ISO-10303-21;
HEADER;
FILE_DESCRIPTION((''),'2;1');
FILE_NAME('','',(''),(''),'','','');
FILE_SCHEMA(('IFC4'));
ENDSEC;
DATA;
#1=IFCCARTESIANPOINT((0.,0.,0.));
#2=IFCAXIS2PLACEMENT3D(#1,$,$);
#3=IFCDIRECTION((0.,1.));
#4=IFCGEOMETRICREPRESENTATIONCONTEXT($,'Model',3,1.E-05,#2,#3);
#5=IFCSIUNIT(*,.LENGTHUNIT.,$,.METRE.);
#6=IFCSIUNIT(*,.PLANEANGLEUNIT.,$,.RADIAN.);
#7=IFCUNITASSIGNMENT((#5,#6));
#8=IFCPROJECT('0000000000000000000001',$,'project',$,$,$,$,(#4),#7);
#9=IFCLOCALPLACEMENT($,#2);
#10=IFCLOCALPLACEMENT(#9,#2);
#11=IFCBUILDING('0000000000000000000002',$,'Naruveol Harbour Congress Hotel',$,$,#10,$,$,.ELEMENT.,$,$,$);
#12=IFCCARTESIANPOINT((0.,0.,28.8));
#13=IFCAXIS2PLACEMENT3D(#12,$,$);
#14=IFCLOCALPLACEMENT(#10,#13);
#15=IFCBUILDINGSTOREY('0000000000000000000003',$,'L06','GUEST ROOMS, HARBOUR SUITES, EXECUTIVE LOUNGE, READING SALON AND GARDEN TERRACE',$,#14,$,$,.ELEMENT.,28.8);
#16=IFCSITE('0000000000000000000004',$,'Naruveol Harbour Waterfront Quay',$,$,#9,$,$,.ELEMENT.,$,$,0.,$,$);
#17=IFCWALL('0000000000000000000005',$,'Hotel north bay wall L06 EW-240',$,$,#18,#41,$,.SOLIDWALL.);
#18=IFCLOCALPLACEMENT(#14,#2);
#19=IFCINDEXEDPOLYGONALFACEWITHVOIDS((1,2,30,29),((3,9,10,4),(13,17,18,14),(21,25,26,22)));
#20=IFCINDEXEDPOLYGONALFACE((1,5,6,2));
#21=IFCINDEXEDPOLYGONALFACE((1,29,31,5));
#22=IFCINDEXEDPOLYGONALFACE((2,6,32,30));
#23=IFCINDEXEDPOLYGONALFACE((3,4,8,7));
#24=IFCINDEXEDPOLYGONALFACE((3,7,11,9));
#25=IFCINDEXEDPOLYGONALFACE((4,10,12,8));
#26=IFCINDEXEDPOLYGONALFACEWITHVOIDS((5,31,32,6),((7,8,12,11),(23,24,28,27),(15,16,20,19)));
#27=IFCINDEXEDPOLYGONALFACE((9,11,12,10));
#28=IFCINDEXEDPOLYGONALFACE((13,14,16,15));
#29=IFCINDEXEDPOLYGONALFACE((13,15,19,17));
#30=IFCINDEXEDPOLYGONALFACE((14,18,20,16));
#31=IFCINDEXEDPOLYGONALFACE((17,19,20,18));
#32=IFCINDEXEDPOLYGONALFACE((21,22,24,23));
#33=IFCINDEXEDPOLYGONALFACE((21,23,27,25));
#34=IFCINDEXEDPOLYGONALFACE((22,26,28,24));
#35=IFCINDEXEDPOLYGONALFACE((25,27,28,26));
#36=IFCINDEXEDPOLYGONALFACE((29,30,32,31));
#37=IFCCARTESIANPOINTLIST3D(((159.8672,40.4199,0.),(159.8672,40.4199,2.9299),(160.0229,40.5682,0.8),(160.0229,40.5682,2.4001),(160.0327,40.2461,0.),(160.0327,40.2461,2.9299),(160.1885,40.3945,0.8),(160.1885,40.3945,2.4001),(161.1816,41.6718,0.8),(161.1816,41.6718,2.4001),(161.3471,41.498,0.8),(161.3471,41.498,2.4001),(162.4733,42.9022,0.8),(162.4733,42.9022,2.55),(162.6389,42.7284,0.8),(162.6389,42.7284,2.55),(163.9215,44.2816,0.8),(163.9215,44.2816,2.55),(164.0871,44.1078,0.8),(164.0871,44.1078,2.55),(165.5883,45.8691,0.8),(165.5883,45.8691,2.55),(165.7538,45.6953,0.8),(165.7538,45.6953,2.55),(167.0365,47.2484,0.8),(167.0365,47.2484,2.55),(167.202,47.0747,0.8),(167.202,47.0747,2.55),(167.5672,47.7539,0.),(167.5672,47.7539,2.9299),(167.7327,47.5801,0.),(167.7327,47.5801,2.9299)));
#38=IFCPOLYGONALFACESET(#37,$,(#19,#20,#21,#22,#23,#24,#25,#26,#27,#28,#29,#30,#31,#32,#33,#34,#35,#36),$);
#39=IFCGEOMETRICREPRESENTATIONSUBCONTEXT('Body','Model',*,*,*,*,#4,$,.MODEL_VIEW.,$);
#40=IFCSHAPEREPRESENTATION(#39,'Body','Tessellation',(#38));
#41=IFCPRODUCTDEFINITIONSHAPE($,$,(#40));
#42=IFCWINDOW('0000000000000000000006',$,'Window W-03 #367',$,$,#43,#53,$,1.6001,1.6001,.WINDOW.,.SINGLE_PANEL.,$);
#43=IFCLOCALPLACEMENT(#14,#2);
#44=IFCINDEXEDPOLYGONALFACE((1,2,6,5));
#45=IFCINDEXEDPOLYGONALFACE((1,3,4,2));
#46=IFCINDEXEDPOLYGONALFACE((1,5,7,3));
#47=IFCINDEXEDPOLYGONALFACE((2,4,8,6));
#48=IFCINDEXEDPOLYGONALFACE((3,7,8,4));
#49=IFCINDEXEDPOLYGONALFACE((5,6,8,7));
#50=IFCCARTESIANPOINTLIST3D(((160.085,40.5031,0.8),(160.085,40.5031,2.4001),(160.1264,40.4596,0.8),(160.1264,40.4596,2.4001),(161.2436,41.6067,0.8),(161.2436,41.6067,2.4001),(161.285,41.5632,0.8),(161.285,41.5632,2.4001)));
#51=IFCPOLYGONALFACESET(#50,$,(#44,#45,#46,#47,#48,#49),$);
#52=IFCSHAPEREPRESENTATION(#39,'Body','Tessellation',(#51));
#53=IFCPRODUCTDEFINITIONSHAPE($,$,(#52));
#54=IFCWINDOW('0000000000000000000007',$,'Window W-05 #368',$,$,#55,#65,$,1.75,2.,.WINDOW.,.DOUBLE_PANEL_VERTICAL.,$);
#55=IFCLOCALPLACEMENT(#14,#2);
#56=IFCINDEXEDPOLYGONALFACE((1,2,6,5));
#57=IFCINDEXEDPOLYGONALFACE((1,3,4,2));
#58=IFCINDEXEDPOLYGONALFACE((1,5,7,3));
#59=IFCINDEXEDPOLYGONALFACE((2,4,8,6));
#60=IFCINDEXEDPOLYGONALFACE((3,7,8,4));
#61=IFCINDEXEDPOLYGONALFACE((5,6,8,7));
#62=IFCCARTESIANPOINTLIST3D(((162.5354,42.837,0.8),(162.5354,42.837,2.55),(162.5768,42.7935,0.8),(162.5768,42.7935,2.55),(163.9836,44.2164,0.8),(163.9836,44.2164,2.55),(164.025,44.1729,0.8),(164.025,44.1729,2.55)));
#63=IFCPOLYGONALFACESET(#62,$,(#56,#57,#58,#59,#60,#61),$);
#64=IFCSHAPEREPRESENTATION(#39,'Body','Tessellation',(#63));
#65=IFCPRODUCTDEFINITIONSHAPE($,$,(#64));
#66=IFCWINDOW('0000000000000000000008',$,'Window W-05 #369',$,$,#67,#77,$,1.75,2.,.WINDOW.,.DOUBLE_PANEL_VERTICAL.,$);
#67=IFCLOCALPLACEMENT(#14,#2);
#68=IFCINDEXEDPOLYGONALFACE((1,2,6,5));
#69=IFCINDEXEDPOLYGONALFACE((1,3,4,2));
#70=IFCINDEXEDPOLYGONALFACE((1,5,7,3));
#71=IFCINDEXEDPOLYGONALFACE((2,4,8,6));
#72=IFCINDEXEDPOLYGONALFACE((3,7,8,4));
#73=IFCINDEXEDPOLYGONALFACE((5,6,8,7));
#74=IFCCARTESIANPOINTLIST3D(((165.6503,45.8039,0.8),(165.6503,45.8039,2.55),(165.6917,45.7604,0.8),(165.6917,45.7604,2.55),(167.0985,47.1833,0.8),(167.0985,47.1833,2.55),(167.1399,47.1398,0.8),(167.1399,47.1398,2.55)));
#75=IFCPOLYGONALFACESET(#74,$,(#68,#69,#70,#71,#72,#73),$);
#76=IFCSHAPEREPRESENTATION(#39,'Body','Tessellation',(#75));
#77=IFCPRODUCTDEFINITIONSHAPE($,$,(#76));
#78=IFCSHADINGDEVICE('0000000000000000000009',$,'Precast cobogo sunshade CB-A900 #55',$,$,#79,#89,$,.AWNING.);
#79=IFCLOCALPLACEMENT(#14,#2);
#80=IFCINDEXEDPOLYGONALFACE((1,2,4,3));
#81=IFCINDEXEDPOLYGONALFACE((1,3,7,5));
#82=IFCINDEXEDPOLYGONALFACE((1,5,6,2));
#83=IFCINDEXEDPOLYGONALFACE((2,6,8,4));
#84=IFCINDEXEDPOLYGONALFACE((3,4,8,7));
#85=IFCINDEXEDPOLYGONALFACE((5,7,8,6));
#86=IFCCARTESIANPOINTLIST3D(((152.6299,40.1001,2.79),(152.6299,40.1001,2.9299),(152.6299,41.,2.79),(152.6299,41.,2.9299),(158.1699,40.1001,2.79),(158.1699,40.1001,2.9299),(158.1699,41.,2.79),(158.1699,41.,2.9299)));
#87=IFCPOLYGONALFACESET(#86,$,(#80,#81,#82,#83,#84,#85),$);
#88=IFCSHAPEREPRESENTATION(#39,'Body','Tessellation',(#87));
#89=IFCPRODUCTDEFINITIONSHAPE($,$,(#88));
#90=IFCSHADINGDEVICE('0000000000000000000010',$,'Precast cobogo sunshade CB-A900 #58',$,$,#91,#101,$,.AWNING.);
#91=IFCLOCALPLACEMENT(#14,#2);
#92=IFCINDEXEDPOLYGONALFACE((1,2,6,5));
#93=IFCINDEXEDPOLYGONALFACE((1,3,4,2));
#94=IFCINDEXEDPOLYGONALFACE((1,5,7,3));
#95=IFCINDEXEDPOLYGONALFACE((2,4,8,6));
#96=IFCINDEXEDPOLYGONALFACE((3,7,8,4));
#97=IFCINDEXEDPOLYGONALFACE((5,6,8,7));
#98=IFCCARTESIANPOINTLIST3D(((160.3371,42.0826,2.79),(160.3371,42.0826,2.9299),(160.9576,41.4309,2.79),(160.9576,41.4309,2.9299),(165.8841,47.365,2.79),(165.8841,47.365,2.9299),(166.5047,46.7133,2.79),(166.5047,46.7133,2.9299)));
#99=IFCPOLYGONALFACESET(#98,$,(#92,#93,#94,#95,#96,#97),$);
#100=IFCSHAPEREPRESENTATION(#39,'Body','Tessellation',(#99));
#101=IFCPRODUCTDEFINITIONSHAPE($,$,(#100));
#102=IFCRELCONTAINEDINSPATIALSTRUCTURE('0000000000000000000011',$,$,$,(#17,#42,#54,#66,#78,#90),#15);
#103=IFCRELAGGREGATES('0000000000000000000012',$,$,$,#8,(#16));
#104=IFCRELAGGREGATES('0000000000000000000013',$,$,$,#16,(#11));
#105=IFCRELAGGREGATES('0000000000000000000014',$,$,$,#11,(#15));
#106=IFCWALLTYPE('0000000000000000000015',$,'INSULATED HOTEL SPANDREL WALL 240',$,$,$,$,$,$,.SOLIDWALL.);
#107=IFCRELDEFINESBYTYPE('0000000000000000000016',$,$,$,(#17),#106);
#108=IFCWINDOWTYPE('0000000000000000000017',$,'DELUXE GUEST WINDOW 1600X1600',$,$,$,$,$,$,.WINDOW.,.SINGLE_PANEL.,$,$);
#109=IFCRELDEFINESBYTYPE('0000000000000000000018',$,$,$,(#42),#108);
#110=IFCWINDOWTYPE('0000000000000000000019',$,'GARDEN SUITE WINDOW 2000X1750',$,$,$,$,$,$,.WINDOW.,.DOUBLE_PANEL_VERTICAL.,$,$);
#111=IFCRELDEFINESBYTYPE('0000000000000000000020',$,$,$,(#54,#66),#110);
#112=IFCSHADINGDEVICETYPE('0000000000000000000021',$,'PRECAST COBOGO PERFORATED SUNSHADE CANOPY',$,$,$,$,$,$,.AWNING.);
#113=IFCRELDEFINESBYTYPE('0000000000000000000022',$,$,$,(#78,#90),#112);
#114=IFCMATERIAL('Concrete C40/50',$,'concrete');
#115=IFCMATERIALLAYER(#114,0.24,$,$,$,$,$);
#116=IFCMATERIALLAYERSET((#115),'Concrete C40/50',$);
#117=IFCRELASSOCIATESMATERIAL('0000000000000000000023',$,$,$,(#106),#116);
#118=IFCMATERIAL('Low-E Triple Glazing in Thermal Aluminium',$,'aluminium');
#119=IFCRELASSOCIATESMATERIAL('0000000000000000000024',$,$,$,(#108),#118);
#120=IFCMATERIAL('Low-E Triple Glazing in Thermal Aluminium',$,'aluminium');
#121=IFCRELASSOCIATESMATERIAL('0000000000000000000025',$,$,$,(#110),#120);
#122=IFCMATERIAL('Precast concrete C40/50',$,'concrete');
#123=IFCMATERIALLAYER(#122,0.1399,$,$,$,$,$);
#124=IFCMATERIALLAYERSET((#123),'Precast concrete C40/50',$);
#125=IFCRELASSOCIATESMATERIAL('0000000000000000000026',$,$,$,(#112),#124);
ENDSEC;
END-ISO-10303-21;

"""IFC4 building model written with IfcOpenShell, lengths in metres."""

from ifc_helpers import new_model, si_unit, direction, frame, frame_2d, origin, origin_2d, place, context, subcontext, project, spatial, rectangle, extrude, material, layer, layer_set, type_object, element, fill, save


model = new_model("IFC4")

# Units and contexts
model_context = context("Model", 3, precision=1e-05, world=origin(), true_north=direction((0.0, 1.0)))
body_context = subcontext(model_context, "Body", "Model", "MODEL_VIEW")
ifc_project = project(units=[si_unit("LENGTHUNIT", "METRE"), si_unit("PLANEANGLEUNIT", "RADIAN")], contexts=[model_context])

# Site, building, storey
site_placement = place(None, origin())
site = spatial("IfcSite", under=ifc_project, at=site_placement, Name="Naruveol Harbour Waterfront Quay", CompositionType="ELEMENT", RefElevation=0.0)
building_placement = place(site_placement, origin())
building = spatial("IfcBuilding", under=site, at=building_placement, Name="Naruveol Harbour Congress Hotel", CompositionType="ELEMENT")
storey_placement = place(building_placement, frame((0.0, 0.0, 28.8)))
storey = spatial("IfcBuildingStorey", under=building, at=storey_placement, Name="L06", Description="GUEST ROOMS, HARBOUR SUITES, EXECUTIVE LOUNGE, READING SALON AND GARDEN TERRACE", CompositionType="ELEMENT", Elevation=28.8)

# Wall, openings, windows
ifc_material_1 = material(Name="Concrete C40/50", Category="concrete")
ifc_layer_1 = layer(ifc_material_1, 0.24)
ifc_layer_set_1 = layer_set([ifc_layer_1], Name="Concrete C40/50")
wall_type_1 = type_object("IfcWallType", Name="INSULATED HOTEL SPANDREL WALL 240", PredefinedType="SOLIDWALL", material=ifc_layer_set_1)
wall_1_placement = place(storey_placement, frame((159.95, 40.333, 0.0), z_axis=(0.0, 0.0, 1.0), x_axis=(0.724105, 0.68969, 0.0)))
wall_1 = element("IfcWall", 1, at=wall_1_placement, inside=storey, type_object=wall_type_1, Name="Hotel north bay wall L06 EW-240", PredefinedType="SOLIDWALL", context=body_context, shape_type="SweptSolid", body=[
    extrude(rectangle(XDim=10.6338, YDim=0.24, at=frame_2d((5.3169, 0.0))), origin(), (0.0, 0.0, 1.0), 2.9299),
])
opening_1_placement = place(wall_1_placement, frame((0.2151, 0.0, 0.8)))
opening_1 = element("IfcOpeningElement", 2, at=opening_1_placement, cuts=wall_1, PredefinedType="OPENING", context=body_context, shape_type="SweptSolid", body=[
    extrude(rectangle(XDim=1.6001, YDim=1.6001, at=frame_2d((0.8, 0.8))), frame((0.0, 0.1299, 0.0), z_axis=(0.0, -1.0, 0.0), x_axis=(1.0, 0.0, 0.0)), (0.0, 0.0, 1.0), 0.26),
])
opening_2_placement = place(wall_1_placement, frame((3.5991, 0.0, 0.8)))
opening_2 = element("IfcOpeningElement", 3, at=opening_2_placement, cuts=wall_1, PredefinedType="OPENING", context=body_context, shape_type="SweptSolid", body=[
    extrude(rectangle(XDim=2.0, YDim=1.75, at=frame_2d((1.0, 0.875))), frame((0.0, 0.1299, 0.0), z_axis=(0.0, -1.0, 0.0), x_axis=(1.0, 0.0, 0.0)), (0.0, 0.0, 1.0), 0.26),
])
opening_3_placement = place(wall_1_placement, frame((7.9009, 0.0, 0.8)))
opening_3 = element("IfcOpeningElement", 4, at=opening_3_placement, cuts=wall_1, PredefinedType="OPENING", context=body_context, shape_type="SweptSolid", body=[
    extrude(rectangle(XDim=2.0, YDim=1.75, at=frame_2d((1.0, 0.875))), frame((0.0, 0.1299, 0.0), z_axis=(0.0, -1.0, 0.0), x_axis=(1.0, 0.0, 0.0)), (0.0, 0.0, 1.0), 0.26),
])
ifc_material_2 = material(Name="Low-E Triple Glazing in Thermal Aluminium", Category="aluminium")
window_type_1 = type_object("IfcWindowType", Name="DELUXE GUEST WINDOW 1600X1600", PartitioningType="SINGLE_PANEL", PredefinedType="WINDOW", material=ifc_material_2)
window_1_placement = place(opening_1_placement, origin())
window_1 = element("IfcWindow", 5, at=window_1_placement, inside=storey, type_object=window_type_1, Name="Window W-03 #367", OverallHeight=1.6001, OverallWidth=1.6001, PartitioningType="SINGLE_PANEL", PredefinedType="WINDOW", context=body_context, shape_type="SweptSolid", body=[
    extrude(rectangle(XDim=1.6001, YDim=1.6001, at=frame_2d((0.8, 0.8))), frame((0.0, 0.03, 0.0), z_axis=(0.0, -1.0, 0.0), x_axis=(1.0, 0.0, 0.0)), (0.0, 0.0, 1.0), 0.0601),
])
fill(opening_1, window_1)
ifc_material_3 = material(Name="Low-E Triple Glazing in Thermal Aluminium", Category="aluminium")
window_type_2 = type_object("IfcWindowType", Name="GARDEN SUITE WINDOW 2000X1750", PartitioningType="DOUBLE_PANEL_VERTICAL", PredefinedType="WINDOW", material=ifc_material_3)
window_2_placement = place(opening_2_placement, origin())
window_2 = element("IfcWindow", 6, at=window_2_placement, inside=storey, type_object=window_type_2, Name="Window W-05 #368", OverallHeight=1.75, OverallWidth=2.0, PartitioningType="DOUBLE_PANEL_VERTICAL", PredefinedType="WINDOW", context=body_context, shape_type="SweptSolid", body=[
    extrude(rectangle(XDim=2.0, YDim=1.75, at=frame_2d((1.0, 0.875))), frame((0.0, 0.03, 0.0), z_axis=(0.0, -1.0, 0.0), x_axis=(1.0, 0.0, 0.0)), (0.0, 0.0, 1.0), 0.0601),
])
fill(opening_2, window_2)
window_3_placement = place(opening_3_placement, origin())
window_3 = element("IfcWindow", 7, at=window_3_placement, inside=storey, type_object=window_type_2, Name="Window W-05 #369", OverallHeight=1.75, OverallWidth=2.0, PartitioningType="DOUBLE_PANEL_VERTICAL", PredefinedType="WINDOW", context=body_context, shape_type="SweptSolid", body=[
    extrude(rectangle(XDim=2.0, YDim=1.75, at=frame_2d((1.0, 0.875))), frame((0.0, 0.03, 0.0), z_axis=(0.0, -1.0, 0.0), x_axis=(1.0, 0.0, 0.0)), (0.0, 0.0, 1.0), 0.0601),
])
fill(opening_3, window_3)

# Shading devices
ifc_material_4 = material(Name="Precast concrete C40/50", Category="concrete")
ifc_layer_2 = layer(ifc_material_4, 0.1399)
ifc_layer_set_2 = layer_set([ifc_layer_2], Name="Precast concrete C40/50")
shading_device_type = type_object("IfcShadingDeviceType", Name="PRECAST COBOGO PERFORATED SUNSHADE CANOPY", PredefinedType="AWNING", material=ifc_layer_set_2)
shading_device_1_placement = place(storey_placement, frame((155.3999, 40.55, 2.79), z_axis=(0.0, 0.0, 1.0), x_axis=(1.0, 0.0, 0.0)))
element("IfcShadingDevice", 8, at=shading_device_1_placement, inside=storey, type_object=shading_device_type, Name="Precast cobogo sunshade CB-A900 #55", PredefinedType="AWNING", context=body_context, shape_type="SweptSolid", body=[
    extrude(rectangle(XDim=5.54, YDim=0.8999, at=origin_2d()), origin(), (0.0, 0.0, 1.0), 0.1399),
])
shading_device_2_placement = place(storey_placement, frame((163.4209, 44.3979, 2.79), z_axis=(0.0, 0.0, 1.0), x_axis=(0.724172, 0.68962, 0.0)))
element("IfcShadingDevice", 9, at=shading_device_2_placement, inside=storey, type_object=shading_device_type, Name="Precast cobogo sunshade CB-A900 #58", PredefinedType="AWNING", context=body_context, shape_type="SweptSolid", body=[
    extrude(rectangle(XDim=7.6599, YDim=0.8999, at=origin_2d()), origin(), (0.0, 0.0, 1.0), 0.1399),
])

save(model, "model.ifc")
